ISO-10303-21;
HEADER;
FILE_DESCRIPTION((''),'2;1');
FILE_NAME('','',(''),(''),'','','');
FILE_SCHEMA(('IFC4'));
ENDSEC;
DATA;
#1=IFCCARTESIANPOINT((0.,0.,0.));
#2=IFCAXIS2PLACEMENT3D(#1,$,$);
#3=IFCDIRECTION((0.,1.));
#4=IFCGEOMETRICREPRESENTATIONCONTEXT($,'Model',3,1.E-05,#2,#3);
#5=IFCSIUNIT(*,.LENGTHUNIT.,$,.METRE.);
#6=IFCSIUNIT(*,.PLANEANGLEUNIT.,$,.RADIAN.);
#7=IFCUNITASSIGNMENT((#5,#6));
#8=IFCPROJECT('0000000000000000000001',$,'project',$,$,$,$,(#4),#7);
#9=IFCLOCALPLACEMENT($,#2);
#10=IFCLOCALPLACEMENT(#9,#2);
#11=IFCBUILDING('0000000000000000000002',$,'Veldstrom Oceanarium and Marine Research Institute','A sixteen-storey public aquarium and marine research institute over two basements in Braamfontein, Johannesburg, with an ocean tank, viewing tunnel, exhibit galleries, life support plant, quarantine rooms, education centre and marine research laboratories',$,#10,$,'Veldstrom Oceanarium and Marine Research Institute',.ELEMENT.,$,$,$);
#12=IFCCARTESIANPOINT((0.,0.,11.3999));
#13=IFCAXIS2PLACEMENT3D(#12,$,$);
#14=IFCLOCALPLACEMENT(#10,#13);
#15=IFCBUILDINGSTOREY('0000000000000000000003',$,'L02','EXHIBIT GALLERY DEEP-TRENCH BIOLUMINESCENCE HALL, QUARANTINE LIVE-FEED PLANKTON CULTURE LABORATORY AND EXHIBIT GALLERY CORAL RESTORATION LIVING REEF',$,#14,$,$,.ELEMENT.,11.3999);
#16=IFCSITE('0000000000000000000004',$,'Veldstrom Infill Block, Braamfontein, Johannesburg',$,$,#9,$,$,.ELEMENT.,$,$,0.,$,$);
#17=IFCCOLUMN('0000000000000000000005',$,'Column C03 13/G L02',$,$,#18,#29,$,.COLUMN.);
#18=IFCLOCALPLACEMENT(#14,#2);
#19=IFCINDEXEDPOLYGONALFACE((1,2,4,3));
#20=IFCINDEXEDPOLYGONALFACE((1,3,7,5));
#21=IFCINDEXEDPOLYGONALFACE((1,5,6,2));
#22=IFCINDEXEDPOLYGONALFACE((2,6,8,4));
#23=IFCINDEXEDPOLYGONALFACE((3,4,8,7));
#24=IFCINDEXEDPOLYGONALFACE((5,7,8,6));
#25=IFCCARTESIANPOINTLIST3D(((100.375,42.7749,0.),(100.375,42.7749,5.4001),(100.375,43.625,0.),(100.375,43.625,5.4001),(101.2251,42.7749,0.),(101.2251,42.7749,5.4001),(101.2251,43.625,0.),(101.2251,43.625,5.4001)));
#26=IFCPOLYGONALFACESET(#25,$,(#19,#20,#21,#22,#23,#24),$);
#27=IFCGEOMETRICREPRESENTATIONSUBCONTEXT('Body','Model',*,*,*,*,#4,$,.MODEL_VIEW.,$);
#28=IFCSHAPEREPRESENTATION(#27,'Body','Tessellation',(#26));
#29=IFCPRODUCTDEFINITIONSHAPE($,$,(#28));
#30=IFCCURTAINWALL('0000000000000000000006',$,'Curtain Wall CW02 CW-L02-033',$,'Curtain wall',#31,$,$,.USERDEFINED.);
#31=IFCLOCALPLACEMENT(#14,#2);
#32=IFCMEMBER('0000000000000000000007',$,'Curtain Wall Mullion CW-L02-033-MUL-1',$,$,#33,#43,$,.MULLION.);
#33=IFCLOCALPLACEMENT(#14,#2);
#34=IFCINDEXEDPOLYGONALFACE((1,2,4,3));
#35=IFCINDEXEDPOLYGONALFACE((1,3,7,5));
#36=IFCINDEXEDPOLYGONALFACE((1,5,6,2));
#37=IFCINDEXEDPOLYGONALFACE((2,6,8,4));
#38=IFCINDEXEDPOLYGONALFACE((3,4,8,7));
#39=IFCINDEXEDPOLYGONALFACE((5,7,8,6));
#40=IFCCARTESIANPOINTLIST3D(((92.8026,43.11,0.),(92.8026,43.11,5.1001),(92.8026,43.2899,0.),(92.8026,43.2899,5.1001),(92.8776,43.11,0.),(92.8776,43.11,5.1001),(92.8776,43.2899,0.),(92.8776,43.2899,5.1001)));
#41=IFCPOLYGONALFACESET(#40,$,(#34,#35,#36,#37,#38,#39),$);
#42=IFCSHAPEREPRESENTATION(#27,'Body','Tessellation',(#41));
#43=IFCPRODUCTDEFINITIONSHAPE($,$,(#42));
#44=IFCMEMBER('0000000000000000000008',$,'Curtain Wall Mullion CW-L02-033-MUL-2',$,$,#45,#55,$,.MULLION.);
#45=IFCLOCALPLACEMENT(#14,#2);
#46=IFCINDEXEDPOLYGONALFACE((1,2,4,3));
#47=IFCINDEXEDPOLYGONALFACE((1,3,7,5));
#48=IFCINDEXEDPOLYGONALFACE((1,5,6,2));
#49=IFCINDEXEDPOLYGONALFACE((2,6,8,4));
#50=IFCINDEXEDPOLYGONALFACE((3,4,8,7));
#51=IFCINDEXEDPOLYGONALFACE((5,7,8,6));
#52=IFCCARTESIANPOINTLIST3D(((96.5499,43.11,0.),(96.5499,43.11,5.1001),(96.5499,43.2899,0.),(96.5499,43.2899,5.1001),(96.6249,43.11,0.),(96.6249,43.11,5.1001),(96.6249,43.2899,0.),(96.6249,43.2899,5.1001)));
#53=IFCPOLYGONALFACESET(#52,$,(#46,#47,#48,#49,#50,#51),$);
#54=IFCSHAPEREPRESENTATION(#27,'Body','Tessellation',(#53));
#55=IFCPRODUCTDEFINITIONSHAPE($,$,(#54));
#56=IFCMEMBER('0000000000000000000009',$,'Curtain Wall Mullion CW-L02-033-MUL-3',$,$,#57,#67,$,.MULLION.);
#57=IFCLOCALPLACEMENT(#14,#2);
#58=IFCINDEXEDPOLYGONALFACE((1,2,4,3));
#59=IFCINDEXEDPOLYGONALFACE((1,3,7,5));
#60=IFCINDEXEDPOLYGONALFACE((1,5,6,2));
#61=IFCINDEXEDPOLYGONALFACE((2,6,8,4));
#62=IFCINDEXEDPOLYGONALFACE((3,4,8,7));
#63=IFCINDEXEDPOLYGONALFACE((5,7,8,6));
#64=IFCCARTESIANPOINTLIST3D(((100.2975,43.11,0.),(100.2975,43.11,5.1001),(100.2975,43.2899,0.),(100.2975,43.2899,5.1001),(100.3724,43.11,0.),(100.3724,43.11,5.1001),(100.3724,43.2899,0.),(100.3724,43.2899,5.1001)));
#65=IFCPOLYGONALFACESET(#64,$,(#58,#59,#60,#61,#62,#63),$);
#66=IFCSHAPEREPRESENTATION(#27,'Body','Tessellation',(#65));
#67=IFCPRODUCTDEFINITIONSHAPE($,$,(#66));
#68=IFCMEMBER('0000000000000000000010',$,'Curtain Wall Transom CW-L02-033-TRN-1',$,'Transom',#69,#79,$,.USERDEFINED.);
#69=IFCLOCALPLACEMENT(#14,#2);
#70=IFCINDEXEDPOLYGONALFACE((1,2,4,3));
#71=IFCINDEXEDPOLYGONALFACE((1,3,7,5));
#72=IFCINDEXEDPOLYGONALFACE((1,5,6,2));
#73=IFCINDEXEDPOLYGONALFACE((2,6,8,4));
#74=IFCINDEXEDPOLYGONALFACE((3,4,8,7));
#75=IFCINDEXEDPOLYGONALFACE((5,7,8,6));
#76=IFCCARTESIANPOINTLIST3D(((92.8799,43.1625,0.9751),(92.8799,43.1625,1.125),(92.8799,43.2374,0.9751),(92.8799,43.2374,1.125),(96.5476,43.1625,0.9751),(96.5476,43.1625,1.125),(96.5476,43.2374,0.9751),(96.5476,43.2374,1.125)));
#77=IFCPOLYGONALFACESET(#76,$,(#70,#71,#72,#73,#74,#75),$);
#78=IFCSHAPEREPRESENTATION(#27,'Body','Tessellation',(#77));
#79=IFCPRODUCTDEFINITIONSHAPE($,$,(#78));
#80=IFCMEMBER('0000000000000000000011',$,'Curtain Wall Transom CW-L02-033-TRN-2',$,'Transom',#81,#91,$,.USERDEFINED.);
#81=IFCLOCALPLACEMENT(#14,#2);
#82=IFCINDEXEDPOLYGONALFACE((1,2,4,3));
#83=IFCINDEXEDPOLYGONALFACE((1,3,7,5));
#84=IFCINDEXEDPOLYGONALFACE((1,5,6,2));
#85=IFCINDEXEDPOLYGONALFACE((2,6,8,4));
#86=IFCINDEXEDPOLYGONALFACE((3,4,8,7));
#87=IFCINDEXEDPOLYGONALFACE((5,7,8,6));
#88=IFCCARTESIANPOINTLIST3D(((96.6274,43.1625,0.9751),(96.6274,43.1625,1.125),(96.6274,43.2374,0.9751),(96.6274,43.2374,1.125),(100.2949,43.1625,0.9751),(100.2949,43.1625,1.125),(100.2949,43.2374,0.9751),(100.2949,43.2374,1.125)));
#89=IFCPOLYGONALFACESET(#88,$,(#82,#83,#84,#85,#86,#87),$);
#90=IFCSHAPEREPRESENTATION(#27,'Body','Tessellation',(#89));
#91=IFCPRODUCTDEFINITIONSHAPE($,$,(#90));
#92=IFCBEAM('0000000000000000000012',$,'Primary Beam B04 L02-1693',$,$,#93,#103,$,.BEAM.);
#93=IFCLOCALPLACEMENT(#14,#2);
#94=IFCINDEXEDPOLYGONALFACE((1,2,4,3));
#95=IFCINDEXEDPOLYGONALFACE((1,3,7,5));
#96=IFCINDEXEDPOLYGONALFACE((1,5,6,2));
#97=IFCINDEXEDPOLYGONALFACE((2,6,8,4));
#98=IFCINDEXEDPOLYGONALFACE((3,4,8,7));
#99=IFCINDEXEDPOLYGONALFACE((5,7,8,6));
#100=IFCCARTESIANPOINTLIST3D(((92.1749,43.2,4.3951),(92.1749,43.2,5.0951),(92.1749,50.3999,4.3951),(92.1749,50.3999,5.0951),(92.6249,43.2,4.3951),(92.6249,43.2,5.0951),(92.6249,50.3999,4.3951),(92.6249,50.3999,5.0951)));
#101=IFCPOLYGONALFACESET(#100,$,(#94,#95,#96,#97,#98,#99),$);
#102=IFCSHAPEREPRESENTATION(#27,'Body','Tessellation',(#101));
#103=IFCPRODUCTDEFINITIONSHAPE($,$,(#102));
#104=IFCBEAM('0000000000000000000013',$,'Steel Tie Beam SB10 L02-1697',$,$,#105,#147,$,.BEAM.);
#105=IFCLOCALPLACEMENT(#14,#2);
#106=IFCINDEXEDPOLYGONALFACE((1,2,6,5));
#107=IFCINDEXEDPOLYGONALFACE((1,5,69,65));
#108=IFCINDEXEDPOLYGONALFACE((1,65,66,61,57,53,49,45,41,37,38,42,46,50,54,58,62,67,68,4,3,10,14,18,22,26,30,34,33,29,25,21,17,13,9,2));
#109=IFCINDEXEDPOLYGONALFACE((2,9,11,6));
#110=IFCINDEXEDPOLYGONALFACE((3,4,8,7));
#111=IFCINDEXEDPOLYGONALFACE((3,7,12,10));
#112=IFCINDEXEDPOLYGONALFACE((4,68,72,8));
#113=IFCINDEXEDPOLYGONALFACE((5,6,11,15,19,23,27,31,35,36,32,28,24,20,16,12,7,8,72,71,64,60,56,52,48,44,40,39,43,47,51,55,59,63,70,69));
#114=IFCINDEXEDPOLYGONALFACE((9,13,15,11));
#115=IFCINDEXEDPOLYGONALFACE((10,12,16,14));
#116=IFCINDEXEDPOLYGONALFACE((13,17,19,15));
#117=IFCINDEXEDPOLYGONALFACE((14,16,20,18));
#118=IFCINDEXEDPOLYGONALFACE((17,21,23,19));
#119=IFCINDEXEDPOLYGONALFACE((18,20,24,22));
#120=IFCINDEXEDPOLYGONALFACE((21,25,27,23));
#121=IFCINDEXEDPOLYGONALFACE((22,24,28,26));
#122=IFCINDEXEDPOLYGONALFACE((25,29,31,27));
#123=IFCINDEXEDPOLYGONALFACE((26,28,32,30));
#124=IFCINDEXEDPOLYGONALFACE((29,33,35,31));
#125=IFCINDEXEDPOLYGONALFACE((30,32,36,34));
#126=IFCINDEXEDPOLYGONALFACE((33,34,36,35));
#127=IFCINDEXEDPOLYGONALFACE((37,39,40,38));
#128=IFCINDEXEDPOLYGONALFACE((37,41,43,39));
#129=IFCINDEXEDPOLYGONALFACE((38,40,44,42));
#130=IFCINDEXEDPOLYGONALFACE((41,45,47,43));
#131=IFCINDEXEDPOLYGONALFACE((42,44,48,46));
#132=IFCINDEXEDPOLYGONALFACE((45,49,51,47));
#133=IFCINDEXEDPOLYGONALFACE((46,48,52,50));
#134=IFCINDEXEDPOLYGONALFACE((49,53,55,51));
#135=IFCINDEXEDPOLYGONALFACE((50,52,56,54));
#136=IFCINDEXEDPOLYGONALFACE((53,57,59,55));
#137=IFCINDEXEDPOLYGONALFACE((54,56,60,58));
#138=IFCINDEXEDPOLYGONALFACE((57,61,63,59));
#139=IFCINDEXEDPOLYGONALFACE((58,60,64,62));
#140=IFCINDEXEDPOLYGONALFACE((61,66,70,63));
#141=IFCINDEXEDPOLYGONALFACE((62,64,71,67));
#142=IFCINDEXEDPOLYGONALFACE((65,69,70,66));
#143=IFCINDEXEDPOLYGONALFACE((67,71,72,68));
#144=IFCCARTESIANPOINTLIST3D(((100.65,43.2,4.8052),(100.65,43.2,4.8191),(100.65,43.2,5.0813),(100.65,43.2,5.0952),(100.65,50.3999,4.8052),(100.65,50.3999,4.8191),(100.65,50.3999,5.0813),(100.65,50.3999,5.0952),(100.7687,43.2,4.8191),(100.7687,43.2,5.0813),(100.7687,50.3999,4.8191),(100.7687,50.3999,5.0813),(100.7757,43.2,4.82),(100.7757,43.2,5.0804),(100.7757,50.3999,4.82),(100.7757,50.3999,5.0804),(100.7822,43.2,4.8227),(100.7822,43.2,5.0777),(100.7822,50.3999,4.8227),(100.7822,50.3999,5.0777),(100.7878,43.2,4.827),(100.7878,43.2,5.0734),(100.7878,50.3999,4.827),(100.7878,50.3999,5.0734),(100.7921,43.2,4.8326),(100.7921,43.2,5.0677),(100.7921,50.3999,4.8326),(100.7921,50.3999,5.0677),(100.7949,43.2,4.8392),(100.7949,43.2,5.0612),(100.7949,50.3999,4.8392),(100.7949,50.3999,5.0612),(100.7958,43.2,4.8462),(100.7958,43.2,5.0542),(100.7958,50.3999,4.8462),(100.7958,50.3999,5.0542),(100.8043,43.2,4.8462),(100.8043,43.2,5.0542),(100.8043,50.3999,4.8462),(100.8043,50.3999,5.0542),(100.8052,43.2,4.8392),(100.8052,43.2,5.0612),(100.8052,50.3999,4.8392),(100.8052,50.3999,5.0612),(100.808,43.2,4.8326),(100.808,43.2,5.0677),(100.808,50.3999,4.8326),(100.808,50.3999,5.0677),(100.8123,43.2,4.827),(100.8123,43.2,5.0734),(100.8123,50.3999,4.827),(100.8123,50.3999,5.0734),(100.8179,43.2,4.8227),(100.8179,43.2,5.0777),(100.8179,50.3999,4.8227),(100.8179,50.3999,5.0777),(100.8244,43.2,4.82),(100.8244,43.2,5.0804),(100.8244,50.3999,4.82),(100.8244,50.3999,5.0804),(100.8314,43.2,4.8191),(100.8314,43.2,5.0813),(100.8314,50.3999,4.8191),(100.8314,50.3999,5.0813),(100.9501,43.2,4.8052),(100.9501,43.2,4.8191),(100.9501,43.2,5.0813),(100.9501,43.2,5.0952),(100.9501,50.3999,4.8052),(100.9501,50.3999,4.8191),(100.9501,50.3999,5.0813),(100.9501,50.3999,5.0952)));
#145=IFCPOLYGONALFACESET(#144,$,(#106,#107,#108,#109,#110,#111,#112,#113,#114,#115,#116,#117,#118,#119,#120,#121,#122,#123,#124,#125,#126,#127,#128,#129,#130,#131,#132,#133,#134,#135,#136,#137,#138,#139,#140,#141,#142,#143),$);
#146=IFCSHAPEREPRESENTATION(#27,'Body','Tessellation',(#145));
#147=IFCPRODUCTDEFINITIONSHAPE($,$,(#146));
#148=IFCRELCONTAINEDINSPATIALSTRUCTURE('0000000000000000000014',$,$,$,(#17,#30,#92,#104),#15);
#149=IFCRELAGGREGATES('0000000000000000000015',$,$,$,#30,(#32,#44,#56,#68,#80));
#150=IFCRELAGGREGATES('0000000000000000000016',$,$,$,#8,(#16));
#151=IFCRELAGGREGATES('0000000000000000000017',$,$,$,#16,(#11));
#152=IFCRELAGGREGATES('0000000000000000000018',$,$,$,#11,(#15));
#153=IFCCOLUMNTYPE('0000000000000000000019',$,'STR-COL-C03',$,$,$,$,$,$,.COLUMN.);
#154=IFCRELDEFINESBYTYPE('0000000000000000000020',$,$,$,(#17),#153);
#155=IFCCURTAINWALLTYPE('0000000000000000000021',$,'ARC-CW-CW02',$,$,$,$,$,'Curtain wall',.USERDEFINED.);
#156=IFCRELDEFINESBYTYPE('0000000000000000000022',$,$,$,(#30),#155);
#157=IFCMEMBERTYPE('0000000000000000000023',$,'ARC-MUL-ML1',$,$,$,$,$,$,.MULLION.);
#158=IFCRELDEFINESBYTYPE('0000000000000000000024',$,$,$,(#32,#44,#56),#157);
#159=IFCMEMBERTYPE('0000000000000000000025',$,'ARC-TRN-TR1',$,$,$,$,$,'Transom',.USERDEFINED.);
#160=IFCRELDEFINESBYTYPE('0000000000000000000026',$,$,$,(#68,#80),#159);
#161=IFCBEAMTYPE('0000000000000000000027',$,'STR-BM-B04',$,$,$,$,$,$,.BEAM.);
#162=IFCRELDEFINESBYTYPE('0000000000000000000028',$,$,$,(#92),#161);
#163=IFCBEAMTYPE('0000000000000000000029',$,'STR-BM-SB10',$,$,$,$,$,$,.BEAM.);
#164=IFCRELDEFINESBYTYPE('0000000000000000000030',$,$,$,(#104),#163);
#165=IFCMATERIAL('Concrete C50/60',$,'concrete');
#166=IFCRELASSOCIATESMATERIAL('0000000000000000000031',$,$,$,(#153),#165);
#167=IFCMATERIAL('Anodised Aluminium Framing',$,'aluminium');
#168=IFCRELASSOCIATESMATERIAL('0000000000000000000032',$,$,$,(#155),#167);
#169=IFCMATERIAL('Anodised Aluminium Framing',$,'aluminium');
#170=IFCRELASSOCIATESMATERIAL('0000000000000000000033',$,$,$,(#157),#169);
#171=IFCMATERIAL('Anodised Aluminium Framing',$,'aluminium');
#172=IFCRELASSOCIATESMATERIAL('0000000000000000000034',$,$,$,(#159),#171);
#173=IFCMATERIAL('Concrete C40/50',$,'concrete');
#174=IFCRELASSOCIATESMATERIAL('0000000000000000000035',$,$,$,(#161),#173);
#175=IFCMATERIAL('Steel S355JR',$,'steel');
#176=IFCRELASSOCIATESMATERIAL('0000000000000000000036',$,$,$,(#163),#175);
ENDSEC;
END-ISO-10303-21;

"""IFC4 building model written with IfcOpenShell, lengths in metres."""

from ifc_helpers import new_model, si_unit, direction, frame, origin, origin_2d, place, context, subcontext, project, spatial, rectangle, i_section, extrude, material, material_profile, profile_set, type_object, element, aggregate, save


model = new_model("IFC4")

# Units and contexts
model_context = context("Model", 3, precision=1e-05, world=origin(), true_north=direction((0.0, 1.0)))
body_context = subcontext(model_context, "Body", "Model", "MODEL_VIEW")
ifc_project = project(units=[si_unit("LENGTHUNIT", "METRE"), si_unit("PLANEANGLEUNIT", "RADIAN")], contexts=[model_context])

# Site, building, storey
site_placement = place(None, origin())
site = spatial("IfcSite", under=ifc_project, at=site_placement, Name="Veldstrom Infill Block, Braamfontein, Johannesburg", CompositionType="ELEMENT", RefElevation=0.0)
building_placement = place(site_placement, origin())
building = spatial("IfcBuilding", under=site, at=building_placement, Name="Veldstrom Oceanarium and Marine Research Institute", Description="A sixteen-storey public aquarium and marine research institute over two basements in Braamfontein, Johannesburg, with an ocean tank, viewing tunnel, exhibit galleries, life support plant, quarantine rooms, education centre and marine research laboratories", LongName="Veldstrom Oceanarium and Marine Research Institute", CompositionType="ELEMENT")
storey_placement = place(building_placement, frame((0.0, 0.0, 11.3999)))
storey = spatial("IfcBuildingStorey", under=building, at=storey_placement, Name="L02", Description="EXHIBIT GALLERY DEEP-TRENCH BIOLUMINESCENCE HALL, QUARANTINE LIVE-FEED PLANKTON CULTURE LABORATORY AND EXHIBIT GALLERY CORAL RESTORATION LIVING REEF", CompositionType="ELEMENT", Elevation=11.3999)

# Column
ifc_material_1 = material(Name="Concrete C50/60", Category="concrete")
ifc_material_profile_1 = material_profile(ifc_material_1, rectangle(XDim=0.8501, YDim=0.8501, at=origin_2d()), Name="RC-COL-850x850")
ifc_profile_set_1 = profile_set([ifc_material_profile_1], Name="Concrete C50/60")
column_type = type_object("IfcColumnType", Name="STR-COL-C03", PredefinedType="COLUMN", material=ifc_profile_set_1)
column_placement = place(storey_placement, frame((100.8, 43.2, 0.0), z_axis=(0.0, 0.0, 1.0), x_axis=(1.0, 0.0, 0.0)))
element("IfcColumn", 1, at=column_placement, inside=storey, type_object=column_type, Name="Column C03 13/G L02", PredefinedType="COLUMN", context=body_context, shape_type="SweptSolid", body=[
    extrude(rectangle(XDim=0.8501, YDim=0.8501, at=origin_2d()), origin(), (0.0, 0.0, 1.0), 5.4001),
])

# Curtain wall, members
ifc_material_2 = material(Name="Anodised Aluminium Framing", Category="aluminium")
curtain_wall_type = type_object("IfcCurtainWallType", Name="ARC-CW-CW02", ElementType="Curtain wall", PredefinedType="USERDEFINED", material=ifc_material_2)
curtain_wall_placement = place(storey_placement, origin())
curtain_wall = element("IfcCurtainWall", 2, at=curtain_wall_placement, inside=storey, type_object=curtain_wall_type, Name="Curtain Wall CW02 CW-L02-033", ObjectType="Curtain wall", PredefinedType="USERDEFINED")
ifc_material_3 = material(Name="Anodised Aluminium Framing", Category="aluminium")
ifc_material_profile_2 = material_profile(ifc_material_3, rectangle(XDim=0.075, YDim=0.1799, at=origin_2d()), Name="ALU-MUL-75x180")
ifc_profile_set_2 = profile_set([ifc_material_profile_2], Name="Anodised Aluminium Framing")
member_type_1 = type_object("IfcMemberType", Name="ARC-MUL-ML1", PredefinedType="MULLION", material=ifc_profile_set_2)
member_1_placement = place(storey_placement, frame((92.8401, 43.2, 0.0), z_axis=(0.0, 0.0, 1.0), x_axis=(1.0, 0.0, 0.0)))
member_1 = element("IfcMember", 3, at=member_1_placement, type_object=member_type_1, Name="Curtain Wall Mullion CW-L02-033-MUL-1", PredefinedType="MULLION", context=body_context, shape_type="SweptSolid", body=[
    extrude(rectangle(XDim=0.075, YDim=0.1799, at=origin_2d()), origin(), (0.0, 0.0, 1.0), 5.1001),
])
member_2_placement = place(storey_placement, frame((96.5874, 43.2, 0.0), z_axis=(0.0, 0.0, 1.0), x_axis=(1.0, 0.0, 0.0)))
member_2 = element("IfcMember", 4, at=member_2_placement, type_object=member_type_1, Name="Curtain Wall Mullion CW-L02-033-MUL-2", PredefinedType="MULLION", context=body_context, shape_type="SweptSolid", body=[
    extrude(rectangle(XDim=0.075, YDim=0.1799, at=origin_2d()), origin(), (0.0, 0.0, 1.0), 5.1001),
])
member_3_placement = place(storey_placement, frame((100.335, 43.2, 0.0), z_axis=(0.0, 0.0, 1.0), x_axis=(1.0, 0.0, 0.0)))
member_3 = element("IfcMember", 5, at=member_3_placement, type_object=member_type_1, Name="Curtain Wall Mullion CW-L02-033-MUL-3", PredefinedType="MULLION", context=body_context, shape_type="SweptSolid", body=[
    extrude(rectangle(XDim=0.075, YDim=0.1799, at=origin_2d()), origin(), (0.0, 0.0, 1.0), 5.1001),
])
ifc_material_4 = material(Name="Anodised Aluminium Framing", Category="aluminium")
ifc_material_profile_3 = material_profile(ifc_material_4, rectangle(XDim=0.075, YDim=0.1499, at=origin_2d()), Name="ALU-TRN-75x150")
ifc_profile_set_3 = profile_set([ifc_material_profile_3], Name="Anodised Aluminium Framing")
member_type_2 = type_object("IfcMemberType", Name="ARC-TRN-TR1", ElementType="Transom", PredefinedType="USERDEFINED", material=ifc_profile_set_3)
member_4_placement = place(storey_placement, frame((92.8799, 43.2, 1.05), z_axis=(1.0, 0.0, 0.0), x_axis=(0.0, 1.0, 0.0)))
member_4 = element("IfcMember", 6, at=member_4_placement, type_object=member_type_2, Name="Curtain Wall Transom CW-L02-033-TRN-1", ObjectType="Transom", PredefinedType="USERDEFINED", context=body_context, shape_type="SweptSolid", body=[
    extrude(rectangle(XDim=0.075, YDim=0.1499, at=origin_2d()), origin(), (0.0, 0.0, 1.0), 3.6677),
])
member_5_placement = place(storey_placement, frame((96.6274, 43.2, 1.05), z_axis=(1.0, 0.0, 0.0), x_axis=(0.0, 1.0, 0.0)))
member_5 = element("IfcMember", 7, at=member_5_placement, type_object=member_type_2, Name="Curtain Wall Transom CW-L02-033-TRN-2", ObjectType="Transom", PredefinedType="USERDEFINED", context=body_context, shape_type="SweptSolid", body=[
    extrude(rectangle(XDim=0.075, YDim=0.1499, at=origin_2d()), origin(), (0.0, 0.0, 1.0), 3.6675),
])

# Beams
ifc_material_5 = material(Name="Concrete C40/50", Category="concrete")
ifc_material_profile_4 = material_profile(ifc_material_5, rectangle(XDim=0.45, YDim=0.7, at=origin_2d()), Name="RC-BM-450x700")
ifc_profile_set_4 = profile_set([ifc_material_profile_4], Name="Concrete C40/50")
beam_type_1 = type_object("IfcBeamType", Name="STR-BM-B04", PredefinedType="BEAM", material=ifc_profile_set_4)
beam_1_placement = place(storey_placement, frame((92.3999, 43.2, 4.7451), z_axis=(0.0, 1.0, 0.0), x_axis=(-1.0, 0.0, 0.0)))
element("IfcBeam", 8, at=beam_1_placement, inside=storey, type_object=beam_type_1, Name="Primary Beam B04 L02-1693", PredefinedType="BEAM", context=body_context, shape_type="SweptSolid", body=[
    extrude(rectangle(XDim=0.45, YDim=0.7, at=origin_2d()), origin(), (0.0, 0.0, 1.0), 7.2),
])
ifc_material_6 = material(Name="Steel S355JR", Category="steel")
ifc_material_profile_5 = material_profile(ifc_material_6, i_section(OverallWidth=0.3, OverallDepth=0.29, WebThickness=0.0085, FlangeThickness=0.0139, FilletRadius=0.0271, at=origin_2d()), Name="HEA 300")
ifc_profile_set_5 = profile_set([ifc_material_profile_5], Name="Steel S355JR")
beam_type_2 = type_object("IfcBeamType", Name="STR-BM-SB10", PredefinedType="BEAM", material=ifc_profile_set_5)
beam_2_placement = place(storey_placement, frame((100.8, 43.2, 4.9502), z_axis=(0.0, 1.0, 0.0), x_axis=(-1.0, 0.0, 0.0)))
element("IfcBeam", 9, at=beam_2_placement, inside=storey, type_object=beam_type_2, Name="Steel Tie Beam SB10 L02-1697", PredefinedType="BEAM", context=body_context, shape_type="SweptSolid", body=[
    extrude(i_section(OverallWidth=0.3, OverallDepth=0.29, WebThickness=0.0085, FlangeThickness=0.0139, FilletRadius=0.0271, at=origin_2d()), origin(), (0.0, 0.0, 1.0), 7.2),
])

aggregate(curtain_wall, [member_1, member_2, member_3, member_4, member_5])

save(model, "model.ifc")
